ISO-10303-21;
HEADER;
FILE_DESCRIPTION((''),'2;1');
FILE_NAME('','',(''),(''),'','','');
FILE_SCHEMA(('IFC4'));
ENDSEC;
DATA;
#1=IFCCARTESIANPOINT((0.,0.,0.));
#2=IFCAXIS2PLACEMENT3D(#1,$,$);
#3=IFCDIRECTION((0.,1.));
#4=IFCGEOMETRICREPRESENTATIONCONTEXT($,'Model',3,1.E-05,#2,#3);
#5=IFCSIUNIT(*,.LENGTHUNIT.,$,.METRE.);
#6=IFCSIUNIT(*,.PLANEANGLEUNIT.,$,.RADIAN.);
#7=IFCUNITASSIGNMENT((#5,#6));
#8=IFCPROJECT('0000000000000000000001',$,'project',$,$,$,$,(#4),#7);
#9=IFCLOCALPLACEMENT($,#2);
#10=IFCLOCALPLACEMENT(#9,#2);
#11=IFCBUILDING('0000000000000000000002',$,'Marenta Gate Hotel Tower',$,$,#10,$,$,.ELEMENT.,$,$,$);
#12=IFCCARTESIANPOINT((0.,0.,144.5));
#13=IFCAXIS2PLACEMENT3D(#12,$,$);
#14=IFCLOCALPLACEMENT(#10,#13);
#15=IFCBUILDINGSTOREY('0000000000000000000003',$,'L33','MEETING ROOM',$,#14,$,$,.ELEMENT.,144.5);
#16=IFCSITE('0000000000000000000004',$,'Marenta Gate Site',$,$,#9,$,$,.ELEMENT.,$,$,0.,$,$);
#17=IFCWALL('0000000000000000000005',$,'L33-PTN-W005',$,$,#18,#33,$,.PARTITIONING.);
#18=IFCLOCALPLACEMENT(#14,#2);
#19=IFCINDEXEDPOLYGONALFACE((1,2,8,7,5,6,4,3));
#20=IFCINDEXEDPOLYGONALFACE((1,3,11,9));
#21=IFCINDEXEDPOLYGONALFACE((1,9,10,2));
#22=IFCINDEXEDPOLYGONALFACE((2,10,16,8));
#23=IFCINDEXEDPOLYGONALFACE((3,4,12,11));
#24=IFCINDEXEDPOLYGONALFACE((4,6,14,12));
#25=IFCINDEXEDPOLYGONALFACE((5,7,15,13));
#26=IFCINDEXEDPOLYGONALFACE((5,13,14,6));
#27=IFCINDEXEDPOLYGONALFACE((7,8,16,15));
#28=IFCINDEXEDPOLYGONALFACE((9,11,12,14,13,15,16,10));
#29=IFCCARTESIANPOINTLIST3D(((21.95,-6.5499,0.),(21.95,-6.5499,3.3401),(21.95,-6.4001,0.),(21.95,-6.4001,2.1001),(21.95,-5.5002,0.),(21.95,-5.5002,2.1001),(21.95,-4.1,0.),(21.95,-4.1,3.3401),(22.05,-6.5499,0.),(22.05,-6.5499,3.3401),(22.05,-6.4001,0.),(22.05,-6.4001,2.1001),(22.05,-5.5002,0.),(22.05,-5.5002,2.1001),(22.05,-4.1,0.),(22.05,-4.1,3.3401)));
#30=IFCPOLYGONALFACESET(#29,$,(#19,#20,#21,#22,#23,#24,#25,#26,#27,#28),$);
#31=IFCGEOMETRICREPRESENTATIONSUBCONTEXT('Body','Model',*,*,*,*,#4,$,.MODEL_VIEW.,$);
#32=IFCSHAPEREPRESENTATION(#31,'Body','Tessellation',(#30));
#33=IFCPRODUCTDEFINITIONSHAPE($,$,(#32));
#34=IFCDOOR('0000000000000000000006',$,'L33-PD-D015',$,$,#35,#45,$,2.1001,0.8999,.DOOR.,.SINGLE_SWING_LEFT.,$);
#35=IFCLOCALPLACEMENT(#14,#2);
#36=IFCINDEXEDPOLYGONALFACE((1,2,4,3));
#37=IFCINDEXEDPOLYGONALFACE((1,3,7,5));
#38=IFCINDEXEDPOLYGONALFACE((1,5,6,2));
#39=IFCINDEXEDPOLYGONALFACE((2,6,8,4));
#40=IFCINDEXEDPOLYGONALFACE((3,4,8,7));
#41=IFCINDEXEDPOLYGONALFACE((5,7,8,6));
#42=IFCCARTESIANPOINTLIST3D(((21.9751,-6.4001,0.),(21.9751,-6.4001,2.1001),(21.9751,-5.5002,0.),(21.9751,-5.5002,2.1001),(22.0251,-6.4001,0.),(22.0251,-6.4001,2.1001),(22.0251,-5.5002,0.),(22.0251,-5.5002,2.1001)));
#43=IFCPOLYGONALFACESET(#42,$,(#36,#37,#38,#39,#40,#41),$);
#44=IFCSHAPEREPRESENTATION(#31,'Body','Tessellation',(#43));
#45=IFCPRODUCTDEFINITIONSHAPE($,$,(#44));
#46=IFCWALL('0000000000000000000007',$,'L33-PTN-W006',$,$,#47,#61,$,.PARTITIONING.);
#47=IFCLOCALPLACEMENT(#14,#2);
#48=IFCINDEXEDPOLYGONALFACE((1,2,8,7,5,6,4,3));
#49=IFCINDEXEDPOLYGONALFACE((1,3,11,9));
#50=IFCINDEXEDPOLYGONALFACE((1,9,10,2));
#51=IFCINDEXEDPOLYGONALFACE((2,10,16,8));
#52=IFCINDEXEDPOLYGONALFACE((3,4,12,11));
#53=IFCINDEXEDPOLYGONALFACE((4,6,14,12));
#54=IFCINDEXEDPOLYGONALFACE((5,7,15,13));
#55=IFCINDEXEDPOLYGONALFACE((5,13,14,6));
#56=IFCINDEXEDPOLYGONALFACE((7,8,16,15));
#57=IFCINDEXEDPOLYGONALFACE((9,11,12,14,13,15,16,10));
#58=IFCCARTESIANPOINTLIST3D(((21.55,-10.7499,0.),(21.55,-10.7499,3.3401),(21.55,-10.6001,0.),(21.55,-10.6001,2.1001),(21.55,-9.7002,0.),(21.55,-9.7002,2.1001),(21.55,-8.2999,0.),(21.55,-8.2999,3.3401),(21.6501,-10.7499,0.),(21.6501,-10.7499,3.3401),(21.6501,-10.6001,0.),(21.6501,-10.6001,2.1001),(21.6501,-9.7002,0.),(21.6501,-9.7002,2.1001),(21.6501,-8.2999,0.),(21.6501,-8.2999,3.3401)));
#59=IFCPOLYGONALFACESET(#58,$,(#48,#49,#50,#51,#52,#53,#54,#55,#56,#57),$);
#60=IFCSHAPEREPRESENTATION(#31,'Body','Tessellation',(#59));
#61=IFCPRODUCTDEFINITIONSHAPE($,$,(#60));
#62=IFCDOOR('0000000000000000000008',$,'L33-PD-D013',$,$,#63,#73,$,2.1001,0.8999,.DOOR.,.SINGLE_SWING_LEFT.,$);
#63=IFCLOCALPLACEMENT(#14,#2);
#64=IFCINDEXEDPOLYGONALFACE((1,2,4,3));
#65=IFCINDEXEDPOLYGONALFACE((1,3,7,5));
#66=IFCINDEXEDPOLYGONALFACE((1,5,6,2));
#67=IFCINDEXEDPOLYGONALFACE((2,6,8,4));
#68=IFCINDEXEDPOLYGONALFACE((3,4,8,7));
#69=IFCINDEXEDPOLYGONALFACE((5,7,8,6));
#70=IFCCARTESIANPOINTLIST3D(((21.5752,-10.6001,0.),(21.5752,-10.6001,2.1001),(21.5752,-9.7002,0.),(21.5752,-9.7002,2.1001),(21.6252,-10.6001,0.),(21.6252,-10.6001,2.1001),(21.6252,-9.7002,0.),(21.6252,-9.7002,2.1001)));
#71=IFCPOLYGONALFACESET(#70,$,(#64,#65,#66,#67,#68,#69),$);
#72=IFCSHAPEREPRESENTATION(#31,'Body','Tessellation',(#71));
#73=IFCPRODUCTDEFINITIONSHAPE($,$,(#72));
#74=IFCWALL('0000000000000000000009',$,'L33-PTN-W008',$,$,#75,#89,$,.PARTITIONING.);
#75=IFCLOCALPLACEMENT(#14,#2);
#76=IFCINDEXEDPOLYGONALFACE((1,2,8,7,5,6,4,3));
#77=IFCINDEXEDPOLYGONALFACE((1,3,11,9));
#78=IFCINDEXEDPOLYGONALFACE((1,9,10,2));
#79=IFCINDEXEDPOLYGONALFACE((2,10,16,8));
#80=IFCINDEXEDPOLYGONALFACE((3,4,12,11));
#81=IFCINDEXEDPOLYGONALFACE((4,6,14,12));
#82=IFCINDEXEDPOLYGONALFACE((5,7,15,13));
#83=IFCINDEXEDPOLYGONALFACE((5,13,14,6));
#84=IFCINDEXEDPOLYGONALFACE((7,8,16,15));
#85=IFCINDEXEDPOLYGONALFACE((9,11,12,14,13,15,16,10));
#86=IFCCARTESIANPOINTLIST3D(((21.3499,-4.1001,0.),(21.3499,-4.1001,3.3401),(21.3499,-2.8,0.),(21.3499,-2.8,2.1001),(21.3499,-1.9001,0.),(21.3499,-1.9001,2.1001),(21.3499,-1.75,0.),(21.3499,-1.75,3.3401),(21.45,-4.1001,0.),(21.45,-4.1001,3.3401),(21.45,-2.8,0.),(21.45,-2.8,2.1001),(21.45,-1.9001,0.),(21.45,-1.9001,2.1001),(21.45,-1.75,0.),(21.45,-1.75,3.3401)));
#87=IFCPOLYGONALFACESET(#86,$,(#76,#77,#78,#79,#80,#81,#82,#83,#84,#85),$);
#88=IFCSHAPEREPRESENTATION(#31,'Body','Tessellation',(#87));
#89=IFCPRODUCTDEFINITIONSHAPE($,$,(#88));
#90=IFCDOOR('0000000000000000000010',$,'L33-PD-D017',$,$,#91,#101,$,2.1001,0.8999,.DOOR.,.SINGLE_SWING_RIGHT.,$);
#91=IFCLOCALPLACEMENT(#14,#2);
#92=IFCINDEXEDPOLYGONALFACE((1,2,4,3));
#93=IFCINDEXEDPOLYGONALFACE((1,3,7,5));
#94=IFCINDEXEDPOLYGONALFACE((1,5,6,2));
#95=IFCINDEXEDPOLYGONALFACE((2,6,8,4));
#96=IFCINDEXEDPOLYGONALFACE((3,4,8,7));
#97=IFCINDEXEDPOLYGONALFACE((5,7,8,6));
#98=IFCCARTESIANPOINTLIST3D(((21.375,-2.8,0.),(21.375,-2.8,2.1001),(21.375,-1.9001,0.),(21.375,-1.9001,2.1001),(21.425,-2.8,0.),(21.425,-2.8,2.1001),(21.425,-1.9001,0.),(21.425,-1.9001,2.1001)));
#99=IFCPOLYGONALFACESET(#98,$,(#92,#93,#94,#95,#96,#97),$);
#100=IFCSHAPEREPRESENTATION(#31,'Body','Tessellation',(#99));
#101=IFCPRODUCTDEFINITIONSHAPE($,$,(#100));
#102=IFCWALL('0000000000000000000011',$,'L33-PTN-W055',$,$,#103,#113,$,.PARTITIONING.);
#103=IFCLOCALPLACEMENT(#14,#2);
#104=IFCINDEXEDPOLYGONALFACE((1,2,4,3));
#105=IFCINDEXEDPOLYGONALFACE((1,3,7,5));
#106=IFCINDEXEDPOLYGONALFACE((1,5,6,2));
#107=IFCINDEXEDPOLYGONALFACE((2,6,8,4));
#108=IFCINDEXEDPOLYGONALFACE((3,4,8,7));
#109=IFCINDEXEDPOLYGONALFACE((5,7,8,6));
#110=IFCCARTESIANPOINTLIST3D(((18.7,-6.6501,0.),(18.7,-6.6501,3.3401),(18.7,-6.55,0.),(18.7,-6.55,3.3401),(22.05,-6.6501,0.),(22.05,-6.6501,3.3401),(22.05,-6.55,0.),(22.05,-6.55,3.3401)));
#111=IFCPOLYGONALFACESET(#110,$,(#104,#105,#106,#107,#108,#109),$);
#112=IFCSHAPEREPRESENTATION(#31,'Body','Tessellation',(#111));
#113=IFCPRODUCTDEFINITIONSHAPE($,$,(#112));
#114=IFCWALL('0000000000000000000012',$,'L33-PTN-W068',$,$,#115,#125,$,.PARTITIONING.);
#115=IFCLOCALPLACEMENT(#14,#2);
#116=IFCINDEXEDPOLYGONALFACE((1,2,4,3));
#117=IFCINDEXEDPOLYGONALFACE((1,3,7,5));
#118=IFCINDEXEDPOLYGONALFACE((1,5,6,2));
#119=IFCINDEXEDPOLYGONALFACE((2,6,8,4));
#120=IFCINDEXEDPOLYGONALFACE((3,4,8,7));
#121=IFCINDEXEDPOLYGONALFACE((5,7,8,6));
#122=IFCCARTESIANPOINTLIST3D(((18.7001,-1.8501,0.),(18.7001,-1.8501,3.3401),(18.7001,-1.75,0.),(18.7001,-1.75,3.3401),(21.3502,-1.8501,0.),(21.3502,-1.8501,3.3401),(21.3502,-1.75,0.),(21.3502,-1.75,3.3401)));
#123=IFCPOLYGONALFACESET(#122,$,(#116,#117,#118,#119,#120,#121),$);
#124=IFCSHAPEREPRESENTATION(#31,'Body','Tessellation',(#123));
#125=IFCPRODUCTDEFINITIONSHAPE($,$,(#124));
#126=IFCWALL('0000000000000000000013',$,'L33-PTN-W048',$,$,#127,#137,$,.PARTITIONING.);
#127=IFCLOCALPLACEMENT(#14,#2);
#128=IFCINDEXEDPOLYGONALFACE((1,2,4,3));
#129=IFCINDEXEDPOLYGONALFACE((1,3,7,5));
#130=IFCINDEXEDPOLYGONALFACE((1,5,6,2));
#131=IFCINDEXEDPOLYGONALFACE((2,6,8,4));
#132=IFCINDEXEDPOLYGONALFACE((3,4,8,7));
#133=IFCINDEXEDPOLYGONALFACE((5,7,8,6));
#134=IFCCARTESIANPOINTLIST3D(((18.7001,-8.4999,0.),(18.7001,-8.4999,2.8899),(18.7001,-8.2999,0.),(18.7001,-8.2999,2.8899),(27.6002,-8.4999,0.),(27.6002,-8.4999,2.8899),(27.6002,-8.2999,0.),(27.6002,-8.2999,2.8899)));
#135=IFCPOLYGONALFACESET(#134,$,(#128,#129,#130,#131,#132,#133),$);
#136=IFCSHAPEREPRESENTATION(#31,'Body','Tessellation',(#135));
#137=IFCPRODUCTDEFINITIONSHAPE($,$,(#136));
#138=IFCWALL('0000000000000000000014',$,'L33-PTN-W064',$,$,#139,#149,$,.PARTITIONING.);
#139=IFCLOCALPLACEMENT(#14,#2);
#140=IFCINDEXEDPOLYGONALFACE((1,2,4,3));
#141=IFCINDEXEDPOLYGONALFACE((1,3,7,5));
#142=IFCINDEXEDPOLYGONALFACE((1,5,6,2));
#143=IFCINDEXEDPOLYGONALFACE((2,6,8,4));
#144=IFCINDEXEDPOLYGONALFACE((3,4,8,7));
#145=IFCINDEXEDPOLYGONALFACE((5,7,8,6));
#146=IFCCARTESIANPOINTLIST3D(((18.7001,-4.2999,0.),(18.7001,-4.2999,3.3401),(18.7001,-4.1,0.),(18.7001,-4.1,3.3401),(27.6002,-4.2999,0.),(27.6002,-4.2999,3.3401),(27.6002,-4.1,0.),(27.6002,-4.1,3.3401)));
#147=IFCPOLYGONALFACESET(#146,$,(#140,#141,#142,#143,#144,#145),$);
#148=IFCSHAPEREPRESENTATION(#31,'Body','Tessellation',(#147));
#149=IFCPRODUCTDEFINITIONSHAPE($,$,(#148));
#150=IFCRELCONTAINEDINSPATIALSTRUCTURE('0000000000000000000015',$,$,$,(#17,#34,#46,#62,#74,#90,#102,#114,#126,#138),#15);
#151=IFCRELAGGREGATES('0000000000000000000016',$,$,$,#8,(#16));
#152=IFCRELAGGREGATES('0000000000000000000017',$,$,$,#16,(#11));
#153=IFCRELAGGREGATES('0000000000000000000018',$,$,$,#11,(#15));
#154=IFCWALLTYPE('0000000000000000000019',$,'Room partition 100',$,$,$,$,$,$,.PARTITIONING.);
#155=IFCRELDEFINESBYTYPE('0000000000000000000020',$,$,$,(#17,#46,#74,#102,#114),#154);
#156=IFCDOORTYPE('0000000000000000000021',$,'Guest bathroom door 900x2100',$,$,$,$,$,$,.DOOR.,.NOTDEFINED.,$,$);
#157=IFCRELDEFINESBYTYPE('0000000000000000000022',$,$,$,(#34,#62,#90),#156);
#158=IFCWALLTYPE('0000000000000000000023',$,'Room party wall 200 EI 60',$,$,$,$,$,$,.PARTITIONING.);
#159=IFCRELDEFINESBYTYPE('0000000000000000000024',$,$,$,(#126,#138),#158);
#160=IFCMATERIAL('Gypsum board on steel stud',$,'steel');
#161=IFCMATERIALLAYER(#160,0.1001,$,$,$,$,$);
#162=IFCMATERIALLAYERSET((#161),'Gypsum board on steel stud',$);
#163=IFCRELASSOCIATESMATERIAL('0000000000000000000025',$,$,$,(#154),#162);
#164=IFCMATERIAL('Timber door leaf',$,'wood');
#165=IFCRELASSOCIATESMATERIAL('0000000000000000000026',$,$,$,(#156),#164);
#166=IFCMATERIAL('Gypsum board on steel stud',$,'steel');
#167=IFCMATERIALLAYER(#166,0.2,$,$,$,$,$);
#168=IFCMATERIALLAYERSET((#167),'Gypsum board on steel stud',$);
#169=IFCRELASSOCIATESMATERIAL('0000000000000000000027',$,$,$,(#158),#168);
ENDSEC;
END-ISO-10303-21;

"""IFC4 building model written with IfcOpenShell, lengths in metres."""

from ifc_helpers import new_model, si_unit, direction, frame, frame_2d, origin, place, context, subcontext, project, spatial, rectangle, extrude, material, layer, layer_set, type_object, element, fill, save


model = new_model("IFC4")

# Units and contexts
model_context = context("Model", 3, precision=1e-05, world=origin(), true_north=direction((0.0, 1.0)))
body_context = subcontext(model_context, "Body", "Model", "MODEL_VIEW")
ifc_project = project(units=[si_unit("LENGTHUNIT", "METRE"), si_unit("PLANEANGLEUNIT", "RADIAN")], contexts=[model_context])

# Site, building, storey
site_placement = place(None, origin())
site = spatial("IfcSite", under=ifc_project, at=site_placement, Name="Marenta Gate Site", CompositionType="ELEMENT", RefElevation=0.0)
building_placement = place(site_placement, origin())
building = spatial("IfcBuilding", under=site, at=building_placement, Name="Marenta Gate Hotel Tower", CompositionType="ELEMENT")
storey_placement = place(building_placement, frame((0.0, 0.0, 144.5)))
storey = spatial("IfcBuildingStorey", under=building, at=storey_placement, Name="L33", Description="MEETING ROOM", CompositionType="ELEMENT", Elevation=144.5)

# Walls, openings, doors
ifc_material_1 = material(Name="Gypsum board on steel stud", Category="steel")
ifc_layer_1 = layer(ifc_material_1, 0.1001)
ifc_layer_set_1 = layer_set([ifc_layer_1], Name="Gypsum board on steel stud")
wall_type_1 = type_object("IfcWallType", Name="Room partition 100", PredefinedType="PARTITIONING", material=ifc_layer_set_1)
wall_1_placement = place(storey_placement, frame((22.0, -6.55, 0.0), z_axis=(0.0, 0.0, 1.0), x_axis=(0.0, 1.0, 0.0)))
wall_1 = element("IfcWall", 1, at=wall_1_placement, inside=storey, type_object=wall_type_1, Name="L33-PTN-W005", PredefinedType="PARTITIONING", context=body_context, shape_type="SweptSolid", body=[
    extrude(rectangle(XDim=2.45, YDim=0.1001, at=frame_2d((1.2251, 0.0))), origin(), (0.0, 0.0, 1.0), 3.3401),
])
opening_1_placement = place(wall_1_placement, frame((0.1499, 0.0, 0.0)))
opening_1 = element("IfcOpeningElement", 2, at=opening_1_placement, cuts=wall_1, PredefinedType="OPENING", context=body_context, shape_type="SweptSolid", body=[
    extrude(rectangle(XDim=0.8999, YDim=2.1001, at=frame_2d((0.45, 1.05))), frame((0.0, 0.05, 0.0), z_axis=(0.0, -1.0, 0.0), x_axis=(1.0, 0.0, 0.0)), (0.0, 0.0, 1.0), 0.1001),
])
ifc_material_2 = material(Name="Timber door leaf", Category="wood")
door_type = type_object("IfcDoorType", Name="Guest bathroom door 900x2100", OperationType="NOTDEFINED", PredefinedType="DOOR", material=ifc_material_2)
door_1_placement = place(opening_1_placement, origin())
door_1 = element("IfcDoor", 3, at=door_1_placement, inside=storey, type_object=door_type, Name="L33-PD-D015", OperationType="SINGLE_SWING_LEFT", OverallHeight=2.1001, OverallWidth=0.8999, PredefinedType="DOOR", context=body_context, shape_type="SweptSolid", body=[
    extrude(rectangle(XDim=0.8999, YDim=2.1001, at=frame_2d((0.45, 1.05))), frame((0.0, 0.0249, 0.0), z_axis=(0.0, -1.0, 0.0), x_axis=(1.0, 0.0, 0.0)), (0.0, 0.0, 1.0), 0.05),
])
fill(opening_1, door_1)
wall_2_placement = place(storey_placement, frame((21.6001, -10.75, 0.0), z_axis=(0.0, 0.0, 1.0), x_axis=(0.0, 1.0, 0.0)))
wall_2 = element("IfcWall", 4, at=wall_2_placement, inside=storey, type_object=wall_type_1, Name="L33-PTN-W006", PredefinedType="PARTITIONING", context=body_context, shape_type="SweptSolid", body=[
    extrude(rectangle(XDim=2.45, YDim=0.1001, at=frame_2d((1.2251, 0.0))), origin(), (0.0, 0.0, 1.0), 3.3401),
])
opening_2_placement = place(wall_2_placement, frame((0.1499, 0.0, 0.0)))
opening_2 = element("IfcOpeningElement", 5, at=opening_2_placement, cuts=wall_2, PredefinedType="OPENING", context=body_context, shape_type="SweptSolid", body=[
    extrude(rectangle(XDim=0.8999, YDim=2.1001, at=frame_2d((0.45, 1.05))), frame((0.0, 0.05, 0.0), z_axis=(0.0, -1.0, 0.0), x_axis=(1.0, 0.0, 0.0)), (0.0, 0.0, 1.0), 0.1001),
])
door_2_placement = place(opening_2_placement, origin())
door_2 = element("IfcDoor", 6, at=door_2_placement, inside=storey, type_object=door_type, Name="L33-PD-D013", OperationType="SINGLE_SWING_LEFT", OverallHeight=2.1001, OverallWidth=0.8999, PredefinedType="DOOR", context=body_context, shape_type="SweptSolid", body=[
    extrude(rectangle(XDim=0.8999, YDim=2.1001, at=frame_2d((0.45, 1.05))), frame((0.0, 0.0249, 0.0), z_axis=(0.0, -1.0, 0.0), x_axis=(1.0, 0.0, 0.0)), (0.0, 0.0, 1.0), 0.05),
])
fill(opening_2, door_2)
wall_3_placement = place(storey_placement, frame((21.3999, -4.1001, 0.0), z_axis=(0.0, 0.0, 1.0), x_axis=(0.0, 1.0, 0.0)))
wall_3 = element("IfcWall", 7, at=wall_3_placement, inside=storey, type_object=wall_type_1, Name="L33-PTN-W008", PredefinedType="PARTITIONING", context=body_context, shape_type="SweptSolid", body=[
    extrude(rectangle(XDim=2.3501, YDim=0.1001, at=frame_2d((1.175, 0.0))), origin(), (0.0, 0.0, 1.0), 3.3401),
])
opening_3_placement = place(wall_3_placement, frame((1.3, 0.0, 0.0)))
opening_3 = element("IfcOpeningElement", 8, at=opening_3_placement, cuts=wall_3, PredefinedType="OPENING", context=body_context, shape_type="SweptSolid", body=[
    extrude(rectangle(XDim=0.8999, YDim=2.1001, at=frame_2d((0.45, 1.05))), frame((0.0, 0.05, 0.0), z_axis=(0.0, -1.0, 0.0), x_axis=(1.0, 0.0, 0.0)), (0.0, 0.0, 1.0), 0.1001),
])
door_3_placement = place(opening_3_placement, origin())
door_3 = element("IfcDoor", 9, at=door_3_placement, inside=storey, type_object=door_type, Name="L33-PD-D017", OperationType="SINGLE_SWING_RIGHT", OverallHeight=2.1001, OverallWidth=0.8999, PredefinedType="DOOR", context=body_context, shape_type="SweptSolid", body=[
    extrude(rectangle(XDim=0.8999, YDim=2.1001, at=frame_2d((0.45, 1.05))), frame((0.0, 0.0249, 0.0), z_axis=(0.0, -1.0, 0.0), x_axis=(1.0, 0.0, 0.0)), (0.0, 0.0, 1.0), 0.05),
])
fill(opening_3, door_3)

# Walls
wall_4_placement = place(storey_placement, frame((18.7, -6.6001, 0.0), z_axis=(0.0, 0.0, 1.0), x_axis=(1.0, 0.0, 0.0)))
element("IfcWall", 10, at=wall_4_placement, inside=storey, type_object=wall_type_1, Name="L33-PTN-W055", PredefinedType="PARTITIONING", context=body_context, shape_type="SweptSolid", body=[
    extrude(rectangle(XDim=3.3501, YDim=0.1001, at=frame_2d((1.675, 0.0))), origin(), (0.0, 0.0, 1.0), 3.3401),
])
wall_5_placement = place(storey_placement, frame((18.7, -1.8, 0.0), z_axis=(0.0, 0.0, 1.0), x_axis=(1.0, 0.0, 0.0)))
element("IfcWall", 11, at=wall_5_placement, inside=storey, type_object=wall_type_1, Name="L33-PTN-W068", PredefinedType="PARTITIONING", context=body_context, shape_type="SweptSolid", body=[
    extrude(rectangle(XDim=2.6501, YDim=0.1001, at=frame_2d((1.3252, 0.0))), origin(), (0.0, 0.0, 1.0), 3.3401),
])
ifc_material_3 = material(Name="Gypsum board on steel stud", Category="steel")
ifc_layer_2 = layer(ifc_material_3, 0.2)
ifc_layer_set_2 = layer_set([ifc_layer_2], Name="Gypsum board on steel stud")
wall_type_2 = type_object("IfcWallType", Name="Room party wall 200 EI 60", PredefinedType="PARTITIONING", material=ifc_layer_set_2)
wall_6_placement = place(storey_placement, frame((18.7, -8.3999, 0.0), z_axis=(0.0, 0.0, 1.0), x_axis=(1.0, 0.0, 0.0)))
element("IfcWall", 12, at=wall_6_placement, inside=storey, type_object=wall_type_2, Name="L33-PTN-W048", PredefinedType="PARTITIONING", context=body_context, shape_type="SweptSolid", body=[
    extrude(rectangle(XDim=8.9001, YDim=0.2, at=frame_2d((4.4502, 0.0))), origin(), (0.0, 0.0, 1.0), 2.8899),
])
wall_7_placement = place(storey_placement, frame((18.7, -4.2, 0.0), z_axis=(0.0, 0.0, 1.0), x_axis=(1.0, 0.0, 0.0)))
element("IfcWall", 13, at=wall_7_placement, inside=storey, type_object=wall_type_2, Name="L33-PTN-W064", PredefinedType="PARTITIONING", context=body_context, shape_type="SweptSolid", body=[
    extrude(rectangle(XDim=8.9001, YDim=0.2, at=frame_2d((4.4502, 0.0))), origin(), (0.0, 0.0, 1.0), 3.3401),
])

save(model, "model.ifc")
